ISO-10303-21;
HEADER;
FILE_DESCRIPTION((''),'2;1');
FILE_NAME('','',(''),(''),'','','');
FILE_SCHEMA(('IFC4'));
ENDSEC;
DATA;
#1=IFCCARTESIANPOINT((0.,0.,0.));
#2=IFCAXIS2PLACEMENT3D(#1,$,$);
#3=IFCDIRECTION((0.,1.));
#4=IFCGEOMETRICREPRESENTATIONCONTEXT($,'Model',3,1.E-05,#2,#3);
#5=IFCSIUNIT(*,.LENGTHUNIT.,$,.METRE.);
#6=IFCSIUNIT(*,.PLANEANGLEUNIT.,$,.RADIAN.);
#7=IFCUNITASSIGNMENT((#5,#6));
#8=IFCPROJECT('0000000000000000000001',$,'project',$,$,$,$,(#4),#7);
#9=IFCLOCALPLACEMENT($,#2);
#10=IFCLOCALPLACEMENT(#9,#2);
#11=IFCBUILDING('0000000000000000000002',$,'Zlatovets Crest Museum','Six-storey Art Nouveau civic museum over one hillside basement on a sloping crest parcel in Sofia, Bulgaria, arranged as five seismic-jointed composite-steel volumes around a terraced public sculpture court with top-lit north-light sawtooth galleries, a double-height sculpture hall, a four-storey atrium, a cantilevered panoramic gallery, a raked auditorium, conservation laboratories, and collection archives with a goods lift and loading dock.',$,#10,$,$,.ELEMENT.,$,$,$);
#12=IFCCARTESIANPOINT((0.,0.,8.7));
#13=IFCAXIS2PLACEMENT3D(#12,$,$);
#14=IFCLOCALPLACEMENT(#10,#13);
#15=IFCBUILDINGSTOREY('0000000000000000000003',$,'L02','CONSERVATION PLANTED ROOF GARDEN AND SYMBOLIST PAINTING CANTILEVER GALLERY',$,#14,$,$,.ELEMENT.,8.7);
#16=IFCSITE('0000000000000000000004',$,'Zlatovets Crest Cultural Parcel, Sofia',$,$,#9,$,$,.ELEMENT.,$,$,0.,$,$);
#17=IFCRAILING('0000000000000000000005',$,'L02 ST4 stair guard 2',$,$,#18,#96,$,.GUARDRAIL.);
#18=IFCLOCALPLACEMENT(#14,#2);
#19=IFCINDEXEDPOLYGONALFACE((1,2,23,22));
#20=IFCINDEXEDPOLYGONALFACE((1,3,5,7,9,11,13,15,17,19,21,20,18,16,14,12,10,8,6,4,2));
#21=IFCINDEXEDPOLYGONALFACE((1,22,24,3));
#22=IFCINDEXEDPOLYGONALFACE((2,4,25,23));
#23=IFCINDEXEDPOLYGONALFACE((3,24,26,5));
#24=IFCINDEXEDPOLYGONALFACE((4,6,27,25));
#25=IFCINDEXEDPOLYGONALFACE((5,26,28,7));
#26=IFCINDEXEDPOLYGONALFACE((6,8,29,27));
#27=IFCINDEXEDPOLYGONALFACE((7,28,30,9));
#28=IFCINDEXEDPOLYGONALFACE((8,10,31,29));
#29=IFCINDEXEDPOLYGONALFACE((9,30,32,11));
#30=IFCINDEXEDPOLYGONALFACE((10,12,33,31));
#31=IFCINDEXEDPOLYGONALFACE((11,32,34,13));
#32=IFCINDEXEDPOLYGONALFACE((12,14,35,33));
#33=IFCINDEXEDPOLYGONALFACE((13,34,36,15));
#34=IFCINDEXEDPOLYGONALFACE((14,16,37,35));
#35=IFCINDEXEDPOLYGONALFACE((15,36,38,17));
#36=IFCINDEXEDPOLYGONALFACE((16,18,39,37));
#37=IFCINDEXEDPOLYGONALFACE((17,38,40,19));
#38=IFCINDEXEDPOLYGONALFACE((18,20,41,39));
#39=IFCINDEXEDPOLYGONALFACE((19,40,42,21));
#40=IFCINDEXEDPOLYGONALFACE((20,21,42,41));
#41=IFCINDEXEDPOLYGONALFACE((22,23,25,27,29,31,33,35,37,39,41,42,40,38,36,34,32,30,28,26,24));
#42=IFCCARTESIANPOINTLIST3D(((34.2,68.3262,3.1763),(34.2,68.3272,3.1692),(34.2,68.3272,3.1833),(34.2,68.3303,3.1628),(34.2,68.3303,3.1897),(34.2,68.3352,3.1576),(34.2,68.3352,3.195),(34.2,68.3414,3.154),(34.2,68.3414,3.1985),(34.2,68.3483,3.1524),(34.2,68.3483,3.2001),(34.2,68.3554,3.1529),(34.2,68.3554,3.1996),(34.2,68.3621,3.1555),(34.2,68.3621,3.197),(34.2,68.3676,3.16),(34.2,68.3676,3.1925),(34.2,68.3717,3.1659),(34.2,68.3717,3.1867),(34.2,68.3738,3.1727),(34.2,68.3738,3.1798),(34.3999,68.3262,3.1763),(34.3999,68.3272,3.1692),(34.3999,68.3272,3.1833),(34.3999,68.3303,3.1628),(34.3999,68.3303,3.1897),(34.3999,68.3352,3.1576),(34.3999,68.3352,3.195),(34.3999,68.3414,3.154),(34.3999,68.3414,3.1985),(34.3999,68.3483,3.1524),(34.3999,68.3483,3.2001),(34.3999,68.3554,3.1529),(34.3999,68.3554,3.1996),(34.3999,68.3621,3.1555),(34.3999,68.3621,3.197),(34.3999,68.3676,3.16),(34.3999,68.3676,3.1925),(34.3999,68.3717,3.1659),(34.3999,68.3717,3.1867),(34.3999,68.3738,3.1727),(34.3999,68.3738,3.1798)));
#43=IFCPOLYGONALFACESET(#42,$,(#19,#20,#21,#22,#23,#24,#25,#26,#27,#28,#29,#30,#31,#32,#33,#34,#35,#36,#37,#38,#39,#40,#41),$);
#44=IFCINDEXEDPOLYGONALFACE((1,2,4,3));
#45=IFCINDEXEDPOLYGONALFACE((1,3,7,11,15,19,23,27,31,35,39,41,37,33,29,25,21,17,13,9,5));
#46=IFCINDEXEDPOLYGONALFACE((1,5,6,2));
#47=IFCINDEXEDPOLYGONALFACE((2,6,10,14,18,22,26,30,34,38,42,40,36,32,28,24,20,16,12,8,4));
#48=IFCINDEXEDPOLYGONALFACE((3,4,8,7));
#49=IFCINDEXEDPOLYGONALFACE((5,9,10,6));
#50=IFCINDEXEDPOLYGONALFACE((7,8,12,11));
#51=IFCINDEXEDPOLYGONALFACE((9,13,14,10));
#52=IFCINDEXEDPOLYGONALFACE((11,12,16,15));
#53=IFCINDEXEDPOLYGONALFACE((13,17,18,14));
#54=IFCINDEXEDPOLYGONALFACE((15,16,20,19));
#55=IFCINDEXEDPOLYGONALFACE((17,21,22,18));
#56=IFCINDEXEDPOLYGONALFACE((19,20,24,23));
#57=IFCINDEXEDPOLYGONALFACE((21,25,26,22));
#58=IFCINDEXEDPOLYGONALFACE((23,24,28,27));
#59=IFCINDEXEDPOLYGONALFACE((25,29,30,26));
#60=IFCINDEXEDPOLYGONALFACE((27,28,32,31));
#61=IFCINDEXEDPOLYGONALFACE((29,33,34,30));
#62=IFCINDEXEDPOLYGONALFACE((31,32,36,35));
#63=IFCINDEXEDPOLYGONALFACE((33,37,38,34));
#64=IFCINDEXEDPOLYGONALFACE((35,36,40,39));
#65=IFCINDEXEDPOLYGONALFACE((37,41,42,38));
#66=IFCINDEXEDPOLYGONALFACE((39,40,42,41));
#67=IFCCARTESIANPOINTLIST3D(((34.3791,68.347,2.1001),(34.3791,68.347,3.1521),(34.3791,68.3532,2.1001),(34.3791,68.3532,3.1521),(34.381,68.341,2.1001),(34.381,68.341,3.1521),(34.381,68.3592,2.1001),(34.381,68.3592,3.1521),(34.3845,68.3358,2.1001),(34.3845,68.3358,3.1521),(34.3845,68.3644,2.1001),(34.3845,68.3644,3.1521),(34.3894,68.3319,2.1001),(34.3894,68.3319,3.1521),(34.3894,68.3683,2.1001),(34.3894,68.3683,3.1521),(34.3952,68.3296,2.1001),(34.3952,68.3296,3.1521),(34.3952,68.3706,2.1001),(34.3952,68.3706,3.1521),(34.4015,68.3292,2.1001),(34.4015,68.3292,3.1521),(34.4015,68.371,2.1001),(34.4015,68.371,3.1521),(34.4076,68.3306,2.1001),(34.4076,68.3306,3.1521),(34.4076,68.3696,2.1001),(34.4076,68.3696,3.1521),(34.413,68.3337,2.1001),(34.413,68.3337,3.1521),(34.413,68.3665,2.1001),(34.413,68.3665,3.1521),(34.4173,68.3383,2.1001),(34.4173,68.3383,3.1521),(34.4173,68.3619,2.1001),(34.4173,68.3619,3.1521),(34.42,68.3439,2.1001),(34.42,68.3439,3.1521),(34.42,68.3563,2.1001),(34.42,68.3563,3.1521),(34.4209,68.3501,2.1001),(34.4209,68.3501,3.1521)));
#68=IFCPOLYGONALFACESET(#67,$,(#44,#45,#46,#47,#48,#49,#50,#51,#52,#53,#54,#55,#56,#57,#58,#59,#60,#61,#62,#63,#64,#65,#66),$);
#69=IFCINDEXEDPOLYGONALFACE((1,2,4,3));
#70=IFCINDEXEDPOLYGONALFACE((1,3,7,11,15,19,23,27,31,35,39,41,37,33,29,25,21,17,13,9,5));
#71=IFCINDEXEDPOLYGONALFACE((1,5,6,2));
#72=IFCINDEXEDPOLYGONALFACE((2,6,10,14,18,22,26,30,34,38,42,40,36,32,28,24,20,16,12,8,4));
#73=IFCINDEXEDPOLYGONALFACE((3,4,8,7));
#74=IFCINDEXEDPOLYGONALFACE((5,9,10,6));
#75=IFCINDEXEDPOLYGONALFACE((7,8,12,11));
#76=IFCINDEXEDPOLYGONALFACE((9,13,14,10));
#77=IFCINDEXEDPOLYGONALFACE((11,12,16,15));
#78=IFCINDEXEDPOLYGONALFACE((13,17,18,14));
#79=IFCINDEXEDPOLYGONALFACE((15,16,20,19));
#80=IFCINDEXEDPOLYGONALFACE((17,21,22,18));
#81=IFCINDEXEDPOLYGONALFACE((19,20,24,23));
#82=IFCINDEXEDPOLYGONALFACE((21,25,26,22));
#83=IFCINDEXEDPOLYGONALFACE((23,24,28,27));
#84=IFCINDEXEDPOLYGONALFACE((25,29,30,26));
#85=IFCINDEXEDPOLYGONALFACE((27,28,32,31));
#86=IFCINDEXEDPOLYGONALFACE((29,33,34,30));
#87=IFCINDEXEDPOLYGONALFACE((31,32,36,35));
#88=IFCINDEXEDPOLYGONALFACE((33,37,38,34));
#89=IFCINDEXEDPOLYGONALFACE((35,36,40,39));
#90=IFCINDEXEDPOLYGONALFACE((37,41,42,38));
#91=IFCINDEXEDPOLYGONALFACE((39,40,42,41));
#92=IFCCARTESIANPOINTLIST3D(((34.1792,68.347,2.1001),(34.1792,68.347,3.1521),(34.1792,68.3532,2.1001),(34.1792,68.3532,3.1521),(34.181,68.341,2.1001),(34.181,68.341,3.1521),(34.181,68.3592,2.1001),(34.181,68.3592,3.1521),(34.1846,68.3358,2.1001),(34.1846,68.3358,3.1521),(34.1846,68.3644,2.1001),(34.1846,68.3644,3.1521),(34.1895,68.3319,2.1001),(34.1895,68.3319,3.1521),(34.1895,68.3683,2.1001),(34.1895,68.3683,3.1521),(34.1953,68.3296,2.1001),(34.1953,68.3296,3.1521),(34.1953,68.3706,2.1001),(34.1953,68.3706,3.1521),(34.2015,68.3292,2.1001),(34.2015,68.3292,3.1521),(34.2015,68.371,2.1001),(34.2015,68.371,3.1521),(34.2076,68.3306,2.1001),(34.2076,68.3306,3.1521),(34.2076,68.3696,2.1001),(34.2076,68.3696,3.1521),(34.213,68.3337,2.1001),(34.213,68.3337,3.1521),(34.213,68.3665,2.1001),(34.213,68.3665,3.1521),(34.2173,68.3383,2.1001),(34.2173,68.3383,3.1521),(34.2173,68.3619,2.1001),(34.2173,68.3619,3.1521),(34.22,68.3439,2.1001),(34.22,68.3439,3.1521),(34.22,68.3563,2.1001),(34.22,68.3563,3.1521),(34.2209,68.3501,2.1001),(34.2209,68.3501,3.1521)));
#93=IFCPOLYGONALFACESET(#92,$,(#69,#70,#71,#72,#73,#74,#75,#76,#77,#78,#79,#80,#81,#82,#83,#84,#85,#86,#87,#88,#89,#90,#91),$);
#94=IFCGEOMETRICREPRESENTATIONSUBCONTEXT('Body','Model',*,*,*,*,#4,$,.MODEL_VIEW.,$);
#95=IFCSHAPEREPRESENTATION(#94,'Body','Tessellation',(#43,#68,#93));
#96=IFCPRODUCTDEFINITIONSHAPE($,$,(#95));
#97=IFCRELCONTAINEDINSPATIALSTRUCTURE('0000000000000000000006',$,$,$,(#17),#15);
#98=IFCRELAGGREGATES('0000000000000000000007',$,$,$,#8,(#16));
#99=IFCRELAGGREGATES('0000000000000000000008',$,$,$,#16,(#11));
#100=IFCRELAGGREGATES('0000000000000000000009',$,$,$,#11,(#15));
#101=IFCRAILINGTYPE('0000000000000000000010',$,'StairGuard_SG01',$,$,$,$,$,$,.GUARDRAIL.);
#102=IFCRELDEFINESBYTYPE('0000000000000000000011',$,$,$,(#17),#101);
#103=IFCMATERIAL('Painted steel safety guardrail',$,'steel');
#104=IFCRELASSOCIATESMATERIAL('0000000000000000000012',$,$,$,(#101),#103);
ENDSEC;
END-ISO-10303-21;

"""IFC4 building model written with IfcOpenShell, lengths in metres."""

from ifc_helpers import new_model, si_unit, direction, frame, origin, origin_2d, place, context, subcontext, project, spatial, circle, extrude, material, type_object, element, save


model = new_model("IFC4")

# Units and contexts
model_context = context("Model", 3, precision=1e-05, world=origin(), true_north=direction((0.0, 1.0)))
body_context = subcontext(model_context, "Body", "Model", "MODEL_VIEW")
ifc_project = project(units=[si_unit("LENGTHUNIT", "METRE"), si_unit("PLANEANGLEUNIT", "RADIAN")], contexts=[model_context])

# Site, building, storey
site_placement = place(None, origin())
site = spatial("IfcSite", under=ifc_project, at=site_placement, Name="Zlatovets Crest Cultural Parcel, Sofia", CompositionType="ELEMENT", RefElevation=0.0)
building_placement = place(site_placement, origin())
building = spatial("IfcBuilding", under=site, at=building_placement, Name="Zlatovets Crest Museum", Description="Six-storey Art Nouveau civic museum over one hillside basement on a sloping crest parcel in Sofia, Bulgaria, arranged as five seismic-jointed composite-steel volumes around a terraced public sculpture court with top-lit north-light sawtooth galleries, a double-height sculpture hall, a four-storey atrium, a cantilevered panoramic gallery, a raked auditorium, conservation laboratories, and collection archives with a goods lift and loading dock.", CompositionType="ELEMENT")
storey_placement = place(building_placement, frame((0.0, 0.0, 8.7)))
storey = spatial("IfcBuildingStorey", under=building, at=storey_placement, Name="L02", Description="CONSERVATION PLANTED ROOF GARDEN AND SYMBOLIST PAINTING CANTILEVER GALLERY", CompositionType="ELEMENT", Elevation=8.7)

# Railing
ifc_material_1 = material(Name="Painted steel safety guardrail", Category="steel")
railing_type_1 = type_object("IfcRailingType", Name="StairGuard_SG01", PredefinedType="GUARDRAIL", material=ifc_material_1)
railing_1_placement = place(storey_placement, frame((34.3999, 68.3501, 2.1001)))
element("IfcRailing", 1, at=railing_1_placement, inside=storey, type_object=railing_type_1, Name="L02 ST4 stair guard 2", PredefinedType="GUARDRAIL", context=body_context, shape_type="SweptSolid", body=[
    extrude(circle(Radius=0.0239, at=origin_2d()), frame((0.0, 0.0, 1.0762), z_axis=(-1.0, 0.0, 0.0), x_axis=(0.0, -1.0, 0.0)), (0.0, 0.0, 1.0), 0.2),
    extrude(circle(Radius=0.021, at=origin_2d()), origin(), (0.0, 0.0, 1.0), 1.052),
    extrude(circle(Radius=0.021, at=origin_2d()), frame((-0.2, 0.0, 0.0)), (0.0, 0.0, 1.0), 1.052),
])

save(model, "model.ifc")
